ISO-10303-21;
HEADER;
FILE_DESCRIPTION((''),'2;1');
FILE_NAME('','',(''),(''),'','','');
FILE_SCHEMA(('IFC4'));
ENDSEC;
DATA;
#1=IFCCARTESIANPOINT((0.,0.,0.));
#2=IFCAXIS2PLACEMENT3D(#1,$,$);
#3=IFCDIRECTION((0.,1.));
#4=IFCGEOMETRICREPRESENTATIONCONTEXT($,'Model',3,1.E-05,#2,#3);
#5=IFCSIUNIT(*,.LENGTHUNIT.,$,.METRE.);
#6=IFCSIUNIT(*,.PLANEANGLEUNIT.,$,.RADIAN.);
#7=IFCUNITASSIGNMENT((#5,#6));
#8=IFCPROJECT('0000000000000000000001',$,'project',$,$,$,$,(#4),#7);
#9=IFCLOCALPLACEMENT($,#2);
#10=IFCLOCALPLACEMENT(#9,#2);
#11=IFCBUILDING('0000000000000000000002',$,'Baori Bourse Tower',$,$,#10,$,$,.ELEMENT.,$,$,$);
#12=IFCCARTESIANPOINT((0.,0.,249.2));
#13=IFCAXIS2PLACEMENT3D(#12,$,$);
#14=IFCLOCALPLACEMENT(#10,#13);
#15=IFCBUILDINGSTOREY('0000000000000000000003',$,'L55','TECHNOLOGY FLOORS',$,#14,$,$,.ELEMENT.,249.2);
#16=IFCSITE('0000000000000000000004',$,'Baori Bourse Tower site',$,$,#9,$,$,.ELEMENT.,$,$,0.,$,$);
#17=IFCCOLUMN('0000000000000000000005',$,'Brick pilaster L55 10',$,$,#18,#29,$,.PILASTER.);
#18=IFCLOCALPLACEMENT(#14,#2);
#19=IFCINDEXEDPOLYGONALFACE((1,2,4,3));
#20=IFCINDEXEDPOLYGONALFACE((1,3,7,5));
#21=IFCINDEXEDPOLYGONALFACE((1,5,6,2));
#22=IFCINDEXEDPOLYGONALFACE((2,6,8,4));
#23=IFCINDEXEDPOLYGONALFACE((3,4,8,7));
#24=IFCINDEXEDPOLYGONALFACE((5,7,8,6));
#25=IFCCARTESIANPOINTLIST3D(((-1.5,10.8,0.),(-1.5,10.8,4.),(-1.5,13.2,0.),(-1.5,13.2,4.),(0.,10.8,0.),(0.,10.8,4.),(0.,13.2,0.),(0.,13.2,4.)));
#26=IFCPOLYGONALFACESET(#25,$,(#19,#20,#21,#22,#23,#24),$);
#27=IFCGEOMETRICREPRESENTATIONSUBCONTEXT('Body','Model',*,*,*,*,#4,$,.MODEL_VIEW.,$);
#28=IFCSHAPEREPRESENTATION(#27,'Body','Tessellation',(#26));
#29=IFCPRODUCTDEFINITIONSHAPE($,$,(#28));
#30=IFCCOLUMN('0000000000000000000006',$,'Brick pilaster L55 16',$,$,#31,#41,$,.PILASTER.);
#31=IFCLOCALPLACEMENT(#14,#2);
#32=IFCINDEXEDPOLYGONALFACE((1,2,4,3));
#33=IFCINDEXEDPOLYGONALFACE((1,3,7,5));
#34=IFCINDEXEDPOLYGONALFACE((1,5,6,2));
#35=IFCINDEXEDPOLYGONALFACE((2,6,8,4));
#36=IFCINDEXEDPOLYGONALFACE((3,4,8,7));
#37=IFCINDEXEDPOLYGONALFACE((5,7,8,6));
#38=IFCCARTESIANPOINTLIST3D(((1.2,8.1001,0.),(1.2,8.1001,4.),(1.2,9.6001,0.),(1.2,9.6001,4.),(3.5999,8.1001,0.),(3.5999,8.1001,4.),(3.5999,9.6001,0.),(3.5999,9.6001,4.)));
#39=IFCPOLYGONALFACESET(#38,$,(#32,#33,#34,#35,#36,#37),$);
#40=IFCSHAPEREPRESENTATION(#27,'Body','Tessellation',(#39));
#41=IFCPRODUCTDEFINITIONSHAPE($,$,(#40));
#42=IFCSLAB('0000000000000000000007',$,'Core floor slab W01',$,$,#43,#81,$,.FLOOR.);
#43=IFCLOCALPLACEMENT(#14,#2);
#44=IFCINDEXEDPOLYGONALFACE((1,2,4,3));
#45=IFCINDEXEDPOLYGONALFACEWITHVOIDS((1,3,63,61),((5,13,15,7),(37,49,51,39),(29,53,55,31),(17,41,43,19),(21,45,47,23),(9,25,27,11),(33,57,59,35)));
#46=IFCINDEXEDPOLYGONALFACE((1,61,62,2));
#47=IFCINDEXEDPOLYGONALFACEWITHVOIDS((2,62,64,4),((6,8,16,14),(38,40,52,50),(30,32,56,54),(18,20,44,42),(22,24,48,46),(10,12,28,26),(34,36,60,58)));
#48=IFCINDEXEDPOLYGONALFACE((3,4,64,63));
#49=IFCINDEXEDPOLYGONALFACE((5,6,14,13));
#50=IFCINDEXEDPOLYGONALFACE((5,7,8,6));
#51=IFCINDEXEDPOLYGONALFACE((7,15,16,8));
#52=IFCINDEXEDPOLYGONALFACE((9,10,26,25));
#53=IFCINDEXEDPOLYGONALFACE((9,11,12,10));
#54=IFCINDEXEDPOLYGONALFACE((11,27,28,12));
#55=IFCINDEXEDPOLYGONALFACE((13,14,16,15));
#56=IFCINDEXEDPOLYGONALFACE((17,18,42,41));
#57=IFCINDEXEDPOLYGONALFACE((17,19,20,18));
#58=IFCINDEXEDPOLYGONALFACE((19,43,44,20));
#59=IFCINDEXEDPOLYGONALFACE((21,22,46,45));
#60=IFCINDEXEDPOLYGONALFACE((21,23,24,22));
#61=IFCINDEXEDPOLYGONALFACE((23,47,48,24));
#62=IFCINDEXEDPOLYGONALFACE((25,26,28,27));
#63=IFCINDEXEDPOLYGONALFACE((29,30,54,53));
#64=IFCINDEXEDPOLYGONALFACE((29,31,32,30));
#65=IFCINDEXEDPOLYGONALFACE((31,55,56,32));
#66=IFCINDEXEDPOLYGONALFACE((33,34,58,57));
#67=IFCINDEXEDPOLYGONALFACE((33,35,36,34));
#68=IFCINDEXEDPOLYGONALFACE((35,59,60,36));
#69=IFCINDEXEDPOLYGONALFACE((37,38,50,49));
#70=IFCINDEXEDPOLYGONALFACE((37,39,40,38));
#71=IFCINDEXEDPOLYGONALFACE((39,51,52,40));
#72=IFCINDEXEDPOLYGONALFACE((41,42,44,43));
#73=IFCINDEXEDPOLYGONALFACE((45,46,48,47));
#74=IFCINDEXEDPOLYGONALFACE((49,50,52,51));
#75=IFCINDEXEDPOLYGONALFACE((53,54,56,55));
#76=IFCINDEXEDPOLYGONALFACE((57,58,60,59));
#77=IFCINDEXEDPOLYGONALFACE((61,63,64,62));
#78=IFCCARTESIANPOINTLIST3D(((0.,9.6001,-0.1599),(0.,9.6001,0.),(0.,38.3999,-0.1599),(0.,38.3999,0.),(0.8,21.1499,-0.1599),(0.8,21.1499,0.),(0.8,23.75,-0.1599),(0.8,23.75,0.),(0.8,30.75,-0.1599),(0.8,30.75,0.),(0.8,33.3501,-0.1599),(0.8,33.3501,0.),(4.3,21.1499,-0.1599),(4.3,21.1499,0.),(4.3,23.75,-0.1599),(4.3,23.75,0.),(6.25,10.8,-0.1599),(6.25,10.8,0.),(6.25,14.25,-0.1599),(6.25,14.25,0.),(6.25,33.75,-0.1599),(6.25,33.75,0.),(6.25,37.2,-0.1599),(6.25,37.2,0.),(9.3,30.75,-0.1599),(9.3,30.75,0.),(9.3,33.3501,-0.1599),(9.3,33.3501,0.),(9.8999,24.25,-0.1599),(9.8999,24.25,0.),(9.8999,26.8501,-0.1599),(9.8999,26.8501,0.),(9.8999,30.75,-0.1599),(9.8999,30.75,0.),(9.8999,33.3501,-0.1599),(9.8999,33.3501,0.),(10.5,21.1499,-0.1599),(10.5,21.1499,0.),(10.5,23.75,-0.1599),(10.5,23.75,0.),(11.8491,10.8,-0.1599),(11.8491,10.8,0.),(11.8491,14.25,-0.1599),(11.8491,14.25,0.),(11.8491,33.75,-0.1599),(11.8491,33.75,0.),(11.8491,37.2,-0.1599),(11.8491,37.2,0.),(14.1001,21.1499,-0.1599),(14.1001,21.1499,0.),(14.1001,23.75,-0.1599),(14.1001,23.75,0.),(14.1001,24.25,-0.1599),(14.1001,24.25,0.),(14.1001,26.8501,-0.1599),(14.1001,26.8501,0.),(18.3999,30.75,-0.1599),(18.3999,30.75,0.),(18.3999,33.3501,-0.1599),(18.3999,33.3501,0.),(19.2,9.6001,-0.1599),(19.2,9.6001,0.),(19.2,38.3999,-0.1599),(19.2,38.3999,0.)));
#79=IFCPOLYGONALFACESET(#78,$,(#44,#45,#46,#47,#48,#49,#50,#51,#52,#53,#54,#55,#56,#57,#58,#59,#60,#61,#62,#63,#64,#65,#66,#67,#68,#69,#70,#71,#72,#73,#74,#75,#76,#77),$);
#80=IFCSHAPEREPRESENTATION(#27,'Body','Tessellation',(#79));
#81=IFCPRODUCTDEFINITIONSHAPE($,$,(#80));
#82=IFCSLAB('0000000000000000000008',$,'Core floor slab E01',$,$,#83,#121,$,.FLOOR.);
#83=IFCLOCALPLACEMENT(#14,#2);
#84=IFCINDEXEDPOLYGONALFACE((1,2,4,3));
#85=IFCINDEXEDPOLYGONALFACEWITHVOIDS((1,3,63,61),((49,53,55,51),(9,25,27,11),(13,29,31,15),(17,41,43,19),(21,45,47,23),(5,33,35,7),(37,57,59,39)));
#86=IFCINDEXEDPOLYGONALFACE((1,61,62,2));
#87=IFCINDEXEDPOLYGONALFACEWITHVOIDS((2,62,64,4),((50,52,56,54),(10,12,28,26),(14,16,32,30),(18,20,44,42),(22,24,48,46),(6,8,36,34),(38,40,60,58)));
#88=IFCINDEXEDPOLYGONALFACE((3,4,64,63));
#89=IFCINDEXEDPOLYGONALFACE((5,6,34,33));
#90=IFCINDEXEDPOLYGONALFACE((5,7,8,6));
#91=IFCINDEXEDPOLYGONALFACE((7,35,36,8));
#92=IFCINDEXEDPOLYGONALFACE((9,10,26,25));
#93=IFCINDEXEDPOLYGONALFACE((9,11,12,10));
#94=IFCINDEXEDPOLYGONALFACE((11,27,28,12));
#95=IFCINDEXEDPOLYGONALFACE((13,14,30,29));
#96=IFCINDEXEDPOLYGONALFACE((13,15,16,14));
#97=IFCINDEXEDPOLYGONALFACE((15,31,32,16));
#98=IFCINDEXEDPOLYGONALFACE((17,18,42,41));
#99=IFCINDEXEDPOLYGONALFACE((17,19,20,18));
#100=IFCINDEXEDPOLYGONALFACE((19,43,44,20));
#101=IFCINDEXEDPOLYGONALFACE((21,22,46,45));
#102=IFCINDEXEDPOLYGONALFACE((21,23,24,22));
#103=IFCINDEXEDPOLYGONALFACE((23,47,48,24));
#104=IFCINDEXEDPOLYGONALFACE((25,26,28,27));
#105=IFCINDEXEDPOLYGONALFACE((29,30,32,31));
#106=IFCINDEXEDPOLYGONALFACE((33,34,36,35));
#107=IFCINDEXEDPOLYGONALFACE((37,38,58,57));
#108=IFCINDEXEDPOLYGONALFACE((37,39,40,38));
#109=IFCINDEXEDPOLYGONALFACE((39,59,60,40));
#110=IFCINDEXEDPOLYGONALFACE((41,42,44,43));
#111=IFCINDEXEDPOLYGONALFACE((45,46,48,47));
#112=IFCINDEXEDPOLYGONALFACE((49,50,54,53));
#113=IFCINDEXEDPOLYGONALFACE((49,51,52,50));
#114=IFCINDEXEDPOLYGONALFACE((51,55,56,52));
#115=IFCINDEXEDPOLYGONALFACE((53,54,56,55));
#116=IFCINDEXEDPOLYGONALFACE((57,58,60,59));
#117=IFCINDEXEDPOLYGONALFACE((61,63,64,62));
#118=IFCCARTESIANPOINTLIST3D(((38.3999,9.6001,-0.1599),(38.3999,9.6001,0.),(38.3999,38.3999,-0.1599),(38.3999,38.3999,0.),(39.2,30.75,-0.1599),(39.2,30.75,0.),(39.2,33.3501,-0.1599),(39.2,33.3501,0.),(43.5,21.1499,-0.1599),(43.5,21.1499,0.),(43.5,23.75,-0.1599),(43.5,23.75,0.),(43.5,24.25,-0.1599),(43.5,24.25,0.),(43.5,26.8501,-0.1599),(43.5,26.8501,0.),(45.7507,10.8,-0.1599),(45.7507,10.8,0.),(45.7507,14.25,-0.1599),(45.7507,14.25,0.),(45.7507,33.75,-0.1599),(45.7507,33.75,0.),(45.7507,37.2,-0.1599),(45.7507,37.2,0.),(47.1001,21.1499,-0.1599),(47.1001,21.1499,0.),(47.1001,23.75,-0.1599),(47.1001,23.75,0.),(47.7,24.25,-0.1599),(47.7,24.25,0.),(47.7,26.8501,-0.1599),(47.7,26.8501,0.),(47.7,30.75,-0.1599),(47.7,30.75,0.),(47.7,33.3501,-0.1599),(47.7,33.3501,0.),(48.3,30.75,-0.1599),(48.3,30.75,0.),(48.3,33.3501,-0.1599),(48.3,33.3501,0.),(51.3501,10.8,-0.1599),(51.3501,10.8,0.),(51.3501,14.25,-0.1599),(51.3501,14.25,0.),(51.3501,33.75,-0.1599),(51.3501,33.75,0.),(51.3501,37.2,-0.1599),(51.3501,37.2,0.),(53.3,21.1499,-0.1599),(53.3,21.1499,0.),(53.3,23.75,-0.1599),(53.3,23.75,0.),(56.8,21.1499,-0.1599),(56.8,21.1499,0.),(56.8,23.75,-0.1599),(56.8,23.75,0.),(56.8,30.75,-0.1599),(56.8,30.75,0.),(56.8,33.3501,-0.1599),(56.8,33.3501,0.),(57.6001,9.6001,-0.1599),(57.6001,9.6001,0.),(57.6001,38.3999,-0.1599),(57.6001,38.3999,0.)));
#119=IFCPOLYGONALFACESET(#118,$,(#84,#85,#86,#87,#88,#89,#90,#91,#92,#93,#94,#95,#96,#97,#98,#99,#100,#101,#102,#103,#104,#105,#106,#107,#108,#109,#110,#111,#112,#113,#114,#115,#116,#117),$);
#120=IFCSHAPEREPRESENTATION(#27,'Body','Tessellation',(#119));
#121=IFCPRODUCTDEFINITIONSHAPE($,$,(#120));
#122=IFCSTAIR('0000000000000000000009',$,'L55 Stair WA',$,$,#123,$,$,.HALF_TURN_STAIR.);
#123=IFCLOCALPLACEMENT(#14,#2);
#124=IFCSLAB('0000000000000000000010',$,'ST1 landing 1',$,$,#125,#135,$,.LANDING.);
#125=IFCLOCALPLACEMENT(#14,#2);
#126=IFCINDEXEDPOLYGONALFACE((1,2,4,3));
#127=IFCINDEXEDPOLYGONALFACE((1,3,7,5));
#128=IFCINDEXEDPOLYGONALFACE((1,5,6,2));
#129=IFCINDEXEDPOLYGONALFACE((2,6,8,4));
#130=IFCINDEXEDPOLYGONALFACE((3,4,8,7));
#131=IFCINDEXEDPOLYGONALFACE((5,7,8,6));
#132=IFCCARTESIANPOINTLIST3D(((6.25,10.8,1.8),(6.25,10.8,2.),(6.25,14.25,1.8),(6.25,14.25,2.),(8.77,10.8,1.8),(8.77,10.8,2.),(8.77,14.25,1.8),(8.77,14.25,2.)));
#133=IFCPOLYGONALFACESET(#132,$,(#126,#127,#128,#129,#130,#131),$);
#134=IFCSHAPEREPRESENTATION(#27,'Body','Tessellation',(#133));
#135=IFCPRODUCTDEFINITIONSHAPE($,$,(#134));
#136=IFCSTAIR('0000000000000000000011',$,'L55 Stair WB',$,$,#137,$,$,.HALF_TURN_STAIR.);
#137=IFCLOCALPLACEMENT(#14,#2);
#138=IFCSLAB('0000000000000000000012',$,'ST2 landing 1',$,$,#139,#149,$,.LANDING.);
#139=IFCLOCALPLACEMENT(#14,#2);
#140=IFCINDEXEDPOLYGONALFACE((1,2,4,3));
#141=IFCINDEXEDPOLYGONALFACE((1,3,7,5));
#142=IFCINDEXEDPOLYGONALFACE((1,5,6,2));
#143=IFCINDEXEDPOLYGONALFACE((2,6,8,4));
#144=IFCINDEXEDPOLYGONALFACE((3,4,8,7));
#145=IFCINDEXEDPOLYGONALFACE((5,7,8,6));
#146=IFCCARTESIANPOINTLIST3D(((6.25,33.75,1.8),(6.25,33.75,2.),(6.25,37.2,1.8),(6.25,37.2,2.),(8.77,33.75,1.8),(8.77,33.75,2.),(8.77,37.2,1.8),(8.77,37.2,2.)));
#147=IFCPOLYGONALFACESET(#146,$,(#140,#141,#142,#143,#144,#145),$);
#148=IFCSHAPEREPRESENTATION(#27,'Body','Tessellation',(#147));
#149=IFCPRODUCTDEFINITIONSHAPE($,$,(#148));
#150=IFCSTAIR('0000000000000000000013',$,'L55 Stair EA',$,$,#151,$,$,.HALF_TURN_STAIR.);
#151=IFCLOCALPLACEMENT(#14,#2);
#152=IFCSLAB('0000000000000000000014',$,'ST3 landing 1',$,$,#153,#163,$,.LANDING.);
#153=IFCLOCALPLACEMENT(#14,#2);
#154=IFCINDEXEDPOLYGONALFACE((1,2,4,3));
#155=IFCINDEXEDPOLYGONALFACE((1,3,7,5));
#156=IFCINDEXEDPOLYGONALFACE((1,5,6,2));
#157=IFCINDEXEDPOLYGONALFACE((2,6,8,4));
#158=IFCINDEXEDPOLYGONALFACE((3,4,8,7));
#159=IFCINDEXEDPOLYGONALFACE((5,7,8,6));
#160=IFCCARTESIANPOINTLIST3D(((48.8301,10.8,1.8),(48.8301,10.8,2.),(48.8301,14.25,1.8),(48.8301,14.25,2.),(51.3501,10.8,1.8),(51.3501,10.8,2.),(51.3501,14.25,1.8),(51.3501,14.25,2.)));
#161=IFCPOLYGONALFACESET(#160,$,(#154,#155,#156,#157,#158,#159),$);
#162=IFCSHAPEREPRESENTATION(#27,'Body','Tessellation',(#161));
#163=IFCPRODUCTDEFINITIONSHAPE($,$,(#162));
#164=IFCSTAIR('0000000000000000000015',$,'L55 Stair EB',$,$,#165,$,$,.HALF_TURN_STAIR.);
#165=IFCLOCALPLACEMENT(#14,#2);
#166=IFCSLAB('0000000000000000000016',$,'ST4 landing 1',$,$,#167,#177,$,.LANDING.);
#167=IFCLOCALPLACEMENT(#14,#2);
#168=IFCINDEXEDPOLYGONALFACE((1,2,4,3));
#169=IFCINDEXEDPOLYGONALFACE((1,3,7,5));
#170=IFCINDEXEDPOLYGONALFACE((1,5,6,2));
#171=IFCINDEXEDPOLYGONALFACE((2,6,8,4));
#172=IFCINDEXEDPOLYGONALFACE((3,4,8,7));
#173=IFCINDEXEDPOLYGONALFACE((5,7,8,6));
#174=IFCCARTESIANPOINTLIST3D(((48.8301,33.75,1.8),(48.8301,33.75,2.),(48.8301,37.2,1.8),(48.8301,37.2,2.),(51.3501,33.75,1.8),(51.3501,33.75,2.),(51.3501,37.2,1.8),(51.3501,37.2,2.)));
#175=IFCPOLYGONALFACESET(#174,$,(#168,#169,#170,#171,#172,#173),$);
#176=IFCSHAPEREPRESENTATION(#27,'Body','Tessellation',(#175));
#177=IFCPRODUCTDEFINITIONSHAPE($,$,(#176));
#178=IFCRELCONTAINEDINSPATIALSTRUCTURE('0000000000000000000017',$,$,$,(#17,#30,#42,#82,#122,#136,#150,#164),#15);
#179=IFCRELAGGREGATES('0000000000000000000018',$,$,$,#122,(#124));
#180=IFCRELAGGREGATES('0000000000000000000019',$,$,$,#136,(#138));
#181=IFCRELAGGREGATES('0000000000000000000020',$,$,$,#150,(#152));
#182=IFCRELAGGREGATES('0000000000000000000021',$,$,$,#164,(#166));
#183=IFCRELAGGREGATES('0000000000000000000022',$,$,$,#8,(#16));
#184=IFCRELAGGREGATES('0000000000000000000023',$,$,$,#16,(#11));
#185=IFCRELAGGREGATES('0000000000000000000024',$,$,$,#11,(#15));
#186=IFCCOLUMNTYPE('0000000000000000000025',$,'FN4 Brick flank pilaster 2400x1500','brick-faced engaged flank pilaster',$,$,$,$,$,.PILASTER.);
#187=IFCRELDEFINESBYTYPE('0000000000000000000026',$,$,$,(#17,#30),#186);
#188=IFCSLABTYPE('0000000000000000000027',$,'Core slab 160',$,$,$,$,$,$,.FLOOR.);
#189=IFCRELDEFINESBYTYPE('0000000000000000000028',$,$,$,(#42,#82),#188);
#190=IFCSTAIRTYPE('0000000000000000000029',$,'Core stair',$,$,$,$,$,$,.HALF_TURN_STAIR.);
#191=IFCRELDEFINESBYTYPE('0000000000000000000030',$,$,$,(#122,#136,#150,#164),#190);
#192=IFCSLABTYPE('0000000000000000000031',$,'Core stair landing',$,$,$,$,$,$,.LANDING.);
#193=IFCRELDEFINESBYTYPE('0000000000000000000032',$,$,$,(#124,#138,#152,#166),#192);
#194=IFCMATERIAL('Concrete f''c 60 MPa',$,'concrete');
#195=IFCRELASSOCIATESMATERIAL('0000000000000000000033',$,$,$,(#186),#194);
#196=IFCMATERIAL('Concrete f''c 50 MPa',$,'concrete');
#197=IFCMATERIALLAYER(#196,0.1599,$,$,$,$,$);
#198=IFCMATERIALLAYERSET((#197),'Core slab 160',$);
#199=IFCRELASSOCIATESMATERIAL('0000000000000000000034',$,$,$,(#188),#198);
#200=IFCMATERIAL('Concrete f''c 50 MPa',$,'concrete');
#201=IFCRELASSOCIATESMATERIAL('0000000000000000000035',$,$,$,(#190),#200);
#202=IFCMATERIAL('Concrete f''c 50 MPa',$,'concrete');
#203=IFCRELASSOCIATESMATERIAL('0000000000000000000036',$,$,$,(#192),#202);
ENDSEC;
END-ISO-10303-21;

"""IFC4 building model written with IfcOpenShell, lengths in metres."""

from ifc_helpers import new_model, si_unit, direction, frame, origin, origin_2d, place, context, subcontext, project, spatial, polyline, rectangle, outline, extrude, material, layer, layer_set, material_profile, profile_set, type_object, element, aggregate, save


model = new_model("IFC4")

# Units and contexts
model_context = context("Model", 3, precision=1e-05, world=origin(), true_north=direction((0.0, 1.0)))
body_context = subcontext(model_context, "Body", "Model", "MODEL_VIEW")
ifc_project = project(units=[si_unit("LENGTHUNIT", "METRE"), si_unit("PLANEANGLEUNIT", "RADIAN")], contexts=[model_context])

# Site, building, storey
site_placement = place(None, origin())
site = spatial("IfcSite", under=ifc_project, at=site_placement, Name="Baori Bourse Tower site", CompositionType="ELEMENT", RefElevation=0.0)
building_placement = place(site_placement, origin())
building = spatial("IfcBuilding", under=site, at=building_placement, Name="Baori Bourse Tower", CompositionType="ELEMENT")
storey_placement = place(building_placement, frame((0.0, 0.0, 249.2)))
storey = spatial("IfcBuildingStorey", under=building, at=storey_placement, Name="L55", Description="TECHNOLOGY FLOORS", CompositionType="ELEMENT", Elevation=249.2)

# Columns
ifc_material_1 = material(Name="Concrete f'c 60 MPa", Category="concrete")
ifc_material_profile = material_profile(ifc_material_1, rectangle(XDim=2.3999, YDim=1.5, at=origin_2d()), Name="RC 2400x1500")
ifc_profile_set = profile_set([ifc_material_profile], Name="Concrete f'c 60 MPa")
column_type = type_object("IfcColumnType", Name="FN4 Brick flank pilaster 2400x1500", Description="brick-faced engaged flank pilaster", PredefinedType="PILASTER", material=ifc_profile_set)
for number, where, z_axis, x_axis, name in (
    (1, (-0.75, 12.0, 0.0), (0.0, 0.0, 1.0), (0.0, 1.0, 0.0), "Brick pilaster L55 10"),
    (2, (2.3999, 8.8501, 0.0), (0.0, 0.0, 1.0), (1.0, 0.0, 0.0), "Brick pilaster L55 16"),
):
    element("IfcColumn", number, at=place(storey_placement, frame(where, z_axis=z_axis, x_axis=x_axis)), inside=storey, type_object=column_type, Name=name, PredefinedType="PILASTER", context=body_context, shape_type="SweptSolid", body=[
        extrude(rectangle(XDim=2.3999, YDim=1.5, at=origin_2d()), origin(), (0.0, 0.0, 1.0), 4.0),
    ])

# Slabs
ifc_material_2 = material(Name="Concrete f'c 50 MPa", Category="concrete")
ifc_layer_1 = layer(ifc_material_2, 0.1599)
ifc_layer_set_1 = layer_set([ifc_layer_1], Name="Core slab 160")
slab_type_1 = type_object("IfcSlabType", Name="Core slab 160", PredefinedType="FLOOR", material=ifc_layer_set_1)
slab_1_placement = place(storey_placement, frame((0.0, 0.0, -0.1599)))
element("IfcSlab", 3, at=slab_1_placement, inside=storey, type_object=slab_type_1, Name="Core floor slab W01", PredefinedType="FLOOR", context=body_context, shape_type="SweptSolid", body=[
    extrude(outline(polyline([(19.2, 38.3999), (0.0, 38.3999), (0.0, 9.6001), (19.2, 9.6001), (19.2, 38.3999)]), holes=[polyline([(9.8999, 33.3501), (18.3999, 33.3501), (18.3999, 30.75), (9.8999, 30.75), (9.8999, 33.3501)]), polyline([(10.5, 21.1499), (10.5, 23.75), (14.1001, 23.75), (14.1001, 21.1499), (10.5, 21.1499)]), polyline([(14.1001, 24.25), (9.8999, 24.25), (9.8999, 26.8501), (14.1001, 26.8501), (14.1001, 24.25)]), polyline([(6.25, 14.25), (11.8491, 14.25), (11.8491, 10.8), (6.25, 10.8), (6.25, 14.25)]), polyline([(11.8491, 37.2), (11.8491, 33.75), (6.25, 33.75), (6.25, 37.2), (11.8491, 37.2)]), polyline([(0.8, 30.75), (0.8, 33.3501), (9.3, 33.3501), (9.3, 30.75), (0.8, 30.75)]), polyline([(4.3, 23.75), (4.3, 21.1499), (0.8, 21.1499), (0.8, 23.75), (4.3, 23.75)])]), origin(), (0.0, 0.0, 1.0), 0.1599),
])
slab_2_placement = place(storey_placement, frame((0.0, 0.0, -0.1599)))
element("IfcSlab", 4, at=slab_2_placement, inside=storey, type_object=slab_type_1, Name="Core floor slab E01", PredefinedType="FLOOR", context=body_context, shape_type="SweptSolid", body=[
    extrude(outline(polyline([(57.6001, 9.6001), (57.6001, 38.3999), (38.3999, 38.3999), (38.3999, 9.6001), (57.6001, 9.6001)]), holes=[polyline([(48.3, 33.3501), (56.8, 33.3501), (56.8, 30.75), (48.3, 30.75), (48.3, 33.3501)]), polyline([(56.8, 21.1499), (53.3, 21.1499), (53.3, 23.75), (56.8, 23.75), (56.8, 21.1499)]), polyline([(45.7507, 14.25), (51.3501, 14.25), (51.3501, 10.8), (45.7507, 10.8), (45.7507, 14.25)]), polyline([(51.3501, 37.2), (51.3501, 33.75), (45.7507, 33.75), (45.7507, 37.2), (51.3501, 37.2)]), polyline([(43.5, 24.25), (43.5, 26.8501), (47.7, 26.8501), (47.7, 24.25), (43.5, 24.25)]), polyline([(47.7, 33.3501), (47.7, 30.75), (39.2, 30.75), (39.2, 33.3501), (47.7, 33.3501)]), polyline([(43.5, 23.75), (47.1001, 23.75), (47.1001, 21.1499), (43.5, 21.1499), (43.5, 23.75)])]), origin(), (0.0, 0.0, 1.0), 0.1599),
])

# Stairs, slabs
ifc_material_3 = material(Name="Concrete f'c 50 MPa", Category="concrete")
stair_type = type_object("IfcStairType", Name="Core stair", PredefinedType="HALF_TURN_STAIR", material=ifc_material_3)
stair_1_placement = place(storey_placement, origin())
stair_1 = element("IfcStair", 5, at=stair_1_placement, inside=storey, type_object=stair_type, Name="L55 Stair WA", PredefinedType="HALF_TURN_STAIR")
ifc_material_4 = material(Name="Concrete f'c 50 MPa", Category="concrete")
slab_type_2 = type_object("IfcSlabType", Name="Core stair landing", PredefinedType="LANDING", material=ifc_material_4)
slab_3_placement = place(storey_placement, frame((0.0, 0.0, 1.8)))
slab_3 = element("IfcSlab", 6, at=slab_3_placement, type_object=slab_type_2, Name="ST1 landing 1", PredefinedType="LANDING", context=body_context, shape_type="SweptSolid", body=[
    extrude(outline(polyline([(8.77, 14.25), (6.25, 14.25), (6.25, 10.8), (8.77, 10.8), (8.77, 14.25)])), origin(), (0.0, 0.0, 1.0), 0.2),
])
aggregate(stair_1, [slab_3])
stair_2_placement = place(storey_placement, origin())
stair_2 = element("IfcStair", 7, at=stair_2_placement, inside=storey, type_object=stair_type, Name="L55 Stair WB", PredefinedType="HALF_TURN_STAIR")
slab_4_placement = place(storey_placement, frame((0.0, 0.0, 1.8)))
slab_4 = element("IfcSlab", 8, at=slab_4_placement, type_object=slab_type_2, Name="ST2 landing 1", PredefinedType="LANDING", context=body_context, shape_type="SweptSolid", body=[
    extrude(outline(polyline([(8.77, 37.2), (6.25, 37.2), (6.25, 33.75), (8.77, 33.75), (8.77, 37.2)])), origin(), (0.0, 0.0, 1.0), 0.2),
])
aggregate(stair_2, [slab_4])
stair_3_placement = place(storey_placement, origin())
stair_3 = element("IfcStair", 9, at=stair_3_placement, inside=storey, type_object=stair_type, Name="L55 Stair EA", PredefinedType="HALF_TURN_STAIR")
slab_5_placement = place(storey_placement, frame((0.0, 0.0, 1.8)))
slab_5 = element("IfcSlab", 10, at=slab_5_placement, type_object=slab_type_2, Name="ST3 landing 1", PredefinedType="LANDING", context=body_context, shape_type="SweptSolid", body=[
    extrude(outline(polyline([(48.8301, 10.8), (51.3501, 10.8), (51.3501, 14.25), (48.8301, 14.25), (48.8301, 10.8)])), origin(), (0.0, 0.0, 1.0), 0.2),
])
aggregate(stair_3, [slab_5])
stair_4_placement = place(storey_placement, origin())
stair_4 = element("IfcStair", 11, at=stair_4_placement, inside=storey, type_object=stair_type, Name="L55 Stair EB", PredefinedType="HALF_TURN_STAIR")
slab_6_placement = place(storey_placement, frame((0.0, 0.0, 1.8)))
slab_6 = element("IfcSlab", 12, at=slab_6_placement, type_object=slab_type_2, Name="ST4 landing 1", PredefinedType="LANDING", context=body_context, shape_type="SweptSolid", body=[
    extrude(outline(polyline([(48.8301, 33.75), (51.3501, 33.75), (51.3501, 37.2), (48.8301, 37.2), (48.8301, 33.75)])), origin(), (0.0, 0.0, 1.0), 0.2),
])
aggregate(stair_4, [slab_6])

save(model, "model.ifc")
